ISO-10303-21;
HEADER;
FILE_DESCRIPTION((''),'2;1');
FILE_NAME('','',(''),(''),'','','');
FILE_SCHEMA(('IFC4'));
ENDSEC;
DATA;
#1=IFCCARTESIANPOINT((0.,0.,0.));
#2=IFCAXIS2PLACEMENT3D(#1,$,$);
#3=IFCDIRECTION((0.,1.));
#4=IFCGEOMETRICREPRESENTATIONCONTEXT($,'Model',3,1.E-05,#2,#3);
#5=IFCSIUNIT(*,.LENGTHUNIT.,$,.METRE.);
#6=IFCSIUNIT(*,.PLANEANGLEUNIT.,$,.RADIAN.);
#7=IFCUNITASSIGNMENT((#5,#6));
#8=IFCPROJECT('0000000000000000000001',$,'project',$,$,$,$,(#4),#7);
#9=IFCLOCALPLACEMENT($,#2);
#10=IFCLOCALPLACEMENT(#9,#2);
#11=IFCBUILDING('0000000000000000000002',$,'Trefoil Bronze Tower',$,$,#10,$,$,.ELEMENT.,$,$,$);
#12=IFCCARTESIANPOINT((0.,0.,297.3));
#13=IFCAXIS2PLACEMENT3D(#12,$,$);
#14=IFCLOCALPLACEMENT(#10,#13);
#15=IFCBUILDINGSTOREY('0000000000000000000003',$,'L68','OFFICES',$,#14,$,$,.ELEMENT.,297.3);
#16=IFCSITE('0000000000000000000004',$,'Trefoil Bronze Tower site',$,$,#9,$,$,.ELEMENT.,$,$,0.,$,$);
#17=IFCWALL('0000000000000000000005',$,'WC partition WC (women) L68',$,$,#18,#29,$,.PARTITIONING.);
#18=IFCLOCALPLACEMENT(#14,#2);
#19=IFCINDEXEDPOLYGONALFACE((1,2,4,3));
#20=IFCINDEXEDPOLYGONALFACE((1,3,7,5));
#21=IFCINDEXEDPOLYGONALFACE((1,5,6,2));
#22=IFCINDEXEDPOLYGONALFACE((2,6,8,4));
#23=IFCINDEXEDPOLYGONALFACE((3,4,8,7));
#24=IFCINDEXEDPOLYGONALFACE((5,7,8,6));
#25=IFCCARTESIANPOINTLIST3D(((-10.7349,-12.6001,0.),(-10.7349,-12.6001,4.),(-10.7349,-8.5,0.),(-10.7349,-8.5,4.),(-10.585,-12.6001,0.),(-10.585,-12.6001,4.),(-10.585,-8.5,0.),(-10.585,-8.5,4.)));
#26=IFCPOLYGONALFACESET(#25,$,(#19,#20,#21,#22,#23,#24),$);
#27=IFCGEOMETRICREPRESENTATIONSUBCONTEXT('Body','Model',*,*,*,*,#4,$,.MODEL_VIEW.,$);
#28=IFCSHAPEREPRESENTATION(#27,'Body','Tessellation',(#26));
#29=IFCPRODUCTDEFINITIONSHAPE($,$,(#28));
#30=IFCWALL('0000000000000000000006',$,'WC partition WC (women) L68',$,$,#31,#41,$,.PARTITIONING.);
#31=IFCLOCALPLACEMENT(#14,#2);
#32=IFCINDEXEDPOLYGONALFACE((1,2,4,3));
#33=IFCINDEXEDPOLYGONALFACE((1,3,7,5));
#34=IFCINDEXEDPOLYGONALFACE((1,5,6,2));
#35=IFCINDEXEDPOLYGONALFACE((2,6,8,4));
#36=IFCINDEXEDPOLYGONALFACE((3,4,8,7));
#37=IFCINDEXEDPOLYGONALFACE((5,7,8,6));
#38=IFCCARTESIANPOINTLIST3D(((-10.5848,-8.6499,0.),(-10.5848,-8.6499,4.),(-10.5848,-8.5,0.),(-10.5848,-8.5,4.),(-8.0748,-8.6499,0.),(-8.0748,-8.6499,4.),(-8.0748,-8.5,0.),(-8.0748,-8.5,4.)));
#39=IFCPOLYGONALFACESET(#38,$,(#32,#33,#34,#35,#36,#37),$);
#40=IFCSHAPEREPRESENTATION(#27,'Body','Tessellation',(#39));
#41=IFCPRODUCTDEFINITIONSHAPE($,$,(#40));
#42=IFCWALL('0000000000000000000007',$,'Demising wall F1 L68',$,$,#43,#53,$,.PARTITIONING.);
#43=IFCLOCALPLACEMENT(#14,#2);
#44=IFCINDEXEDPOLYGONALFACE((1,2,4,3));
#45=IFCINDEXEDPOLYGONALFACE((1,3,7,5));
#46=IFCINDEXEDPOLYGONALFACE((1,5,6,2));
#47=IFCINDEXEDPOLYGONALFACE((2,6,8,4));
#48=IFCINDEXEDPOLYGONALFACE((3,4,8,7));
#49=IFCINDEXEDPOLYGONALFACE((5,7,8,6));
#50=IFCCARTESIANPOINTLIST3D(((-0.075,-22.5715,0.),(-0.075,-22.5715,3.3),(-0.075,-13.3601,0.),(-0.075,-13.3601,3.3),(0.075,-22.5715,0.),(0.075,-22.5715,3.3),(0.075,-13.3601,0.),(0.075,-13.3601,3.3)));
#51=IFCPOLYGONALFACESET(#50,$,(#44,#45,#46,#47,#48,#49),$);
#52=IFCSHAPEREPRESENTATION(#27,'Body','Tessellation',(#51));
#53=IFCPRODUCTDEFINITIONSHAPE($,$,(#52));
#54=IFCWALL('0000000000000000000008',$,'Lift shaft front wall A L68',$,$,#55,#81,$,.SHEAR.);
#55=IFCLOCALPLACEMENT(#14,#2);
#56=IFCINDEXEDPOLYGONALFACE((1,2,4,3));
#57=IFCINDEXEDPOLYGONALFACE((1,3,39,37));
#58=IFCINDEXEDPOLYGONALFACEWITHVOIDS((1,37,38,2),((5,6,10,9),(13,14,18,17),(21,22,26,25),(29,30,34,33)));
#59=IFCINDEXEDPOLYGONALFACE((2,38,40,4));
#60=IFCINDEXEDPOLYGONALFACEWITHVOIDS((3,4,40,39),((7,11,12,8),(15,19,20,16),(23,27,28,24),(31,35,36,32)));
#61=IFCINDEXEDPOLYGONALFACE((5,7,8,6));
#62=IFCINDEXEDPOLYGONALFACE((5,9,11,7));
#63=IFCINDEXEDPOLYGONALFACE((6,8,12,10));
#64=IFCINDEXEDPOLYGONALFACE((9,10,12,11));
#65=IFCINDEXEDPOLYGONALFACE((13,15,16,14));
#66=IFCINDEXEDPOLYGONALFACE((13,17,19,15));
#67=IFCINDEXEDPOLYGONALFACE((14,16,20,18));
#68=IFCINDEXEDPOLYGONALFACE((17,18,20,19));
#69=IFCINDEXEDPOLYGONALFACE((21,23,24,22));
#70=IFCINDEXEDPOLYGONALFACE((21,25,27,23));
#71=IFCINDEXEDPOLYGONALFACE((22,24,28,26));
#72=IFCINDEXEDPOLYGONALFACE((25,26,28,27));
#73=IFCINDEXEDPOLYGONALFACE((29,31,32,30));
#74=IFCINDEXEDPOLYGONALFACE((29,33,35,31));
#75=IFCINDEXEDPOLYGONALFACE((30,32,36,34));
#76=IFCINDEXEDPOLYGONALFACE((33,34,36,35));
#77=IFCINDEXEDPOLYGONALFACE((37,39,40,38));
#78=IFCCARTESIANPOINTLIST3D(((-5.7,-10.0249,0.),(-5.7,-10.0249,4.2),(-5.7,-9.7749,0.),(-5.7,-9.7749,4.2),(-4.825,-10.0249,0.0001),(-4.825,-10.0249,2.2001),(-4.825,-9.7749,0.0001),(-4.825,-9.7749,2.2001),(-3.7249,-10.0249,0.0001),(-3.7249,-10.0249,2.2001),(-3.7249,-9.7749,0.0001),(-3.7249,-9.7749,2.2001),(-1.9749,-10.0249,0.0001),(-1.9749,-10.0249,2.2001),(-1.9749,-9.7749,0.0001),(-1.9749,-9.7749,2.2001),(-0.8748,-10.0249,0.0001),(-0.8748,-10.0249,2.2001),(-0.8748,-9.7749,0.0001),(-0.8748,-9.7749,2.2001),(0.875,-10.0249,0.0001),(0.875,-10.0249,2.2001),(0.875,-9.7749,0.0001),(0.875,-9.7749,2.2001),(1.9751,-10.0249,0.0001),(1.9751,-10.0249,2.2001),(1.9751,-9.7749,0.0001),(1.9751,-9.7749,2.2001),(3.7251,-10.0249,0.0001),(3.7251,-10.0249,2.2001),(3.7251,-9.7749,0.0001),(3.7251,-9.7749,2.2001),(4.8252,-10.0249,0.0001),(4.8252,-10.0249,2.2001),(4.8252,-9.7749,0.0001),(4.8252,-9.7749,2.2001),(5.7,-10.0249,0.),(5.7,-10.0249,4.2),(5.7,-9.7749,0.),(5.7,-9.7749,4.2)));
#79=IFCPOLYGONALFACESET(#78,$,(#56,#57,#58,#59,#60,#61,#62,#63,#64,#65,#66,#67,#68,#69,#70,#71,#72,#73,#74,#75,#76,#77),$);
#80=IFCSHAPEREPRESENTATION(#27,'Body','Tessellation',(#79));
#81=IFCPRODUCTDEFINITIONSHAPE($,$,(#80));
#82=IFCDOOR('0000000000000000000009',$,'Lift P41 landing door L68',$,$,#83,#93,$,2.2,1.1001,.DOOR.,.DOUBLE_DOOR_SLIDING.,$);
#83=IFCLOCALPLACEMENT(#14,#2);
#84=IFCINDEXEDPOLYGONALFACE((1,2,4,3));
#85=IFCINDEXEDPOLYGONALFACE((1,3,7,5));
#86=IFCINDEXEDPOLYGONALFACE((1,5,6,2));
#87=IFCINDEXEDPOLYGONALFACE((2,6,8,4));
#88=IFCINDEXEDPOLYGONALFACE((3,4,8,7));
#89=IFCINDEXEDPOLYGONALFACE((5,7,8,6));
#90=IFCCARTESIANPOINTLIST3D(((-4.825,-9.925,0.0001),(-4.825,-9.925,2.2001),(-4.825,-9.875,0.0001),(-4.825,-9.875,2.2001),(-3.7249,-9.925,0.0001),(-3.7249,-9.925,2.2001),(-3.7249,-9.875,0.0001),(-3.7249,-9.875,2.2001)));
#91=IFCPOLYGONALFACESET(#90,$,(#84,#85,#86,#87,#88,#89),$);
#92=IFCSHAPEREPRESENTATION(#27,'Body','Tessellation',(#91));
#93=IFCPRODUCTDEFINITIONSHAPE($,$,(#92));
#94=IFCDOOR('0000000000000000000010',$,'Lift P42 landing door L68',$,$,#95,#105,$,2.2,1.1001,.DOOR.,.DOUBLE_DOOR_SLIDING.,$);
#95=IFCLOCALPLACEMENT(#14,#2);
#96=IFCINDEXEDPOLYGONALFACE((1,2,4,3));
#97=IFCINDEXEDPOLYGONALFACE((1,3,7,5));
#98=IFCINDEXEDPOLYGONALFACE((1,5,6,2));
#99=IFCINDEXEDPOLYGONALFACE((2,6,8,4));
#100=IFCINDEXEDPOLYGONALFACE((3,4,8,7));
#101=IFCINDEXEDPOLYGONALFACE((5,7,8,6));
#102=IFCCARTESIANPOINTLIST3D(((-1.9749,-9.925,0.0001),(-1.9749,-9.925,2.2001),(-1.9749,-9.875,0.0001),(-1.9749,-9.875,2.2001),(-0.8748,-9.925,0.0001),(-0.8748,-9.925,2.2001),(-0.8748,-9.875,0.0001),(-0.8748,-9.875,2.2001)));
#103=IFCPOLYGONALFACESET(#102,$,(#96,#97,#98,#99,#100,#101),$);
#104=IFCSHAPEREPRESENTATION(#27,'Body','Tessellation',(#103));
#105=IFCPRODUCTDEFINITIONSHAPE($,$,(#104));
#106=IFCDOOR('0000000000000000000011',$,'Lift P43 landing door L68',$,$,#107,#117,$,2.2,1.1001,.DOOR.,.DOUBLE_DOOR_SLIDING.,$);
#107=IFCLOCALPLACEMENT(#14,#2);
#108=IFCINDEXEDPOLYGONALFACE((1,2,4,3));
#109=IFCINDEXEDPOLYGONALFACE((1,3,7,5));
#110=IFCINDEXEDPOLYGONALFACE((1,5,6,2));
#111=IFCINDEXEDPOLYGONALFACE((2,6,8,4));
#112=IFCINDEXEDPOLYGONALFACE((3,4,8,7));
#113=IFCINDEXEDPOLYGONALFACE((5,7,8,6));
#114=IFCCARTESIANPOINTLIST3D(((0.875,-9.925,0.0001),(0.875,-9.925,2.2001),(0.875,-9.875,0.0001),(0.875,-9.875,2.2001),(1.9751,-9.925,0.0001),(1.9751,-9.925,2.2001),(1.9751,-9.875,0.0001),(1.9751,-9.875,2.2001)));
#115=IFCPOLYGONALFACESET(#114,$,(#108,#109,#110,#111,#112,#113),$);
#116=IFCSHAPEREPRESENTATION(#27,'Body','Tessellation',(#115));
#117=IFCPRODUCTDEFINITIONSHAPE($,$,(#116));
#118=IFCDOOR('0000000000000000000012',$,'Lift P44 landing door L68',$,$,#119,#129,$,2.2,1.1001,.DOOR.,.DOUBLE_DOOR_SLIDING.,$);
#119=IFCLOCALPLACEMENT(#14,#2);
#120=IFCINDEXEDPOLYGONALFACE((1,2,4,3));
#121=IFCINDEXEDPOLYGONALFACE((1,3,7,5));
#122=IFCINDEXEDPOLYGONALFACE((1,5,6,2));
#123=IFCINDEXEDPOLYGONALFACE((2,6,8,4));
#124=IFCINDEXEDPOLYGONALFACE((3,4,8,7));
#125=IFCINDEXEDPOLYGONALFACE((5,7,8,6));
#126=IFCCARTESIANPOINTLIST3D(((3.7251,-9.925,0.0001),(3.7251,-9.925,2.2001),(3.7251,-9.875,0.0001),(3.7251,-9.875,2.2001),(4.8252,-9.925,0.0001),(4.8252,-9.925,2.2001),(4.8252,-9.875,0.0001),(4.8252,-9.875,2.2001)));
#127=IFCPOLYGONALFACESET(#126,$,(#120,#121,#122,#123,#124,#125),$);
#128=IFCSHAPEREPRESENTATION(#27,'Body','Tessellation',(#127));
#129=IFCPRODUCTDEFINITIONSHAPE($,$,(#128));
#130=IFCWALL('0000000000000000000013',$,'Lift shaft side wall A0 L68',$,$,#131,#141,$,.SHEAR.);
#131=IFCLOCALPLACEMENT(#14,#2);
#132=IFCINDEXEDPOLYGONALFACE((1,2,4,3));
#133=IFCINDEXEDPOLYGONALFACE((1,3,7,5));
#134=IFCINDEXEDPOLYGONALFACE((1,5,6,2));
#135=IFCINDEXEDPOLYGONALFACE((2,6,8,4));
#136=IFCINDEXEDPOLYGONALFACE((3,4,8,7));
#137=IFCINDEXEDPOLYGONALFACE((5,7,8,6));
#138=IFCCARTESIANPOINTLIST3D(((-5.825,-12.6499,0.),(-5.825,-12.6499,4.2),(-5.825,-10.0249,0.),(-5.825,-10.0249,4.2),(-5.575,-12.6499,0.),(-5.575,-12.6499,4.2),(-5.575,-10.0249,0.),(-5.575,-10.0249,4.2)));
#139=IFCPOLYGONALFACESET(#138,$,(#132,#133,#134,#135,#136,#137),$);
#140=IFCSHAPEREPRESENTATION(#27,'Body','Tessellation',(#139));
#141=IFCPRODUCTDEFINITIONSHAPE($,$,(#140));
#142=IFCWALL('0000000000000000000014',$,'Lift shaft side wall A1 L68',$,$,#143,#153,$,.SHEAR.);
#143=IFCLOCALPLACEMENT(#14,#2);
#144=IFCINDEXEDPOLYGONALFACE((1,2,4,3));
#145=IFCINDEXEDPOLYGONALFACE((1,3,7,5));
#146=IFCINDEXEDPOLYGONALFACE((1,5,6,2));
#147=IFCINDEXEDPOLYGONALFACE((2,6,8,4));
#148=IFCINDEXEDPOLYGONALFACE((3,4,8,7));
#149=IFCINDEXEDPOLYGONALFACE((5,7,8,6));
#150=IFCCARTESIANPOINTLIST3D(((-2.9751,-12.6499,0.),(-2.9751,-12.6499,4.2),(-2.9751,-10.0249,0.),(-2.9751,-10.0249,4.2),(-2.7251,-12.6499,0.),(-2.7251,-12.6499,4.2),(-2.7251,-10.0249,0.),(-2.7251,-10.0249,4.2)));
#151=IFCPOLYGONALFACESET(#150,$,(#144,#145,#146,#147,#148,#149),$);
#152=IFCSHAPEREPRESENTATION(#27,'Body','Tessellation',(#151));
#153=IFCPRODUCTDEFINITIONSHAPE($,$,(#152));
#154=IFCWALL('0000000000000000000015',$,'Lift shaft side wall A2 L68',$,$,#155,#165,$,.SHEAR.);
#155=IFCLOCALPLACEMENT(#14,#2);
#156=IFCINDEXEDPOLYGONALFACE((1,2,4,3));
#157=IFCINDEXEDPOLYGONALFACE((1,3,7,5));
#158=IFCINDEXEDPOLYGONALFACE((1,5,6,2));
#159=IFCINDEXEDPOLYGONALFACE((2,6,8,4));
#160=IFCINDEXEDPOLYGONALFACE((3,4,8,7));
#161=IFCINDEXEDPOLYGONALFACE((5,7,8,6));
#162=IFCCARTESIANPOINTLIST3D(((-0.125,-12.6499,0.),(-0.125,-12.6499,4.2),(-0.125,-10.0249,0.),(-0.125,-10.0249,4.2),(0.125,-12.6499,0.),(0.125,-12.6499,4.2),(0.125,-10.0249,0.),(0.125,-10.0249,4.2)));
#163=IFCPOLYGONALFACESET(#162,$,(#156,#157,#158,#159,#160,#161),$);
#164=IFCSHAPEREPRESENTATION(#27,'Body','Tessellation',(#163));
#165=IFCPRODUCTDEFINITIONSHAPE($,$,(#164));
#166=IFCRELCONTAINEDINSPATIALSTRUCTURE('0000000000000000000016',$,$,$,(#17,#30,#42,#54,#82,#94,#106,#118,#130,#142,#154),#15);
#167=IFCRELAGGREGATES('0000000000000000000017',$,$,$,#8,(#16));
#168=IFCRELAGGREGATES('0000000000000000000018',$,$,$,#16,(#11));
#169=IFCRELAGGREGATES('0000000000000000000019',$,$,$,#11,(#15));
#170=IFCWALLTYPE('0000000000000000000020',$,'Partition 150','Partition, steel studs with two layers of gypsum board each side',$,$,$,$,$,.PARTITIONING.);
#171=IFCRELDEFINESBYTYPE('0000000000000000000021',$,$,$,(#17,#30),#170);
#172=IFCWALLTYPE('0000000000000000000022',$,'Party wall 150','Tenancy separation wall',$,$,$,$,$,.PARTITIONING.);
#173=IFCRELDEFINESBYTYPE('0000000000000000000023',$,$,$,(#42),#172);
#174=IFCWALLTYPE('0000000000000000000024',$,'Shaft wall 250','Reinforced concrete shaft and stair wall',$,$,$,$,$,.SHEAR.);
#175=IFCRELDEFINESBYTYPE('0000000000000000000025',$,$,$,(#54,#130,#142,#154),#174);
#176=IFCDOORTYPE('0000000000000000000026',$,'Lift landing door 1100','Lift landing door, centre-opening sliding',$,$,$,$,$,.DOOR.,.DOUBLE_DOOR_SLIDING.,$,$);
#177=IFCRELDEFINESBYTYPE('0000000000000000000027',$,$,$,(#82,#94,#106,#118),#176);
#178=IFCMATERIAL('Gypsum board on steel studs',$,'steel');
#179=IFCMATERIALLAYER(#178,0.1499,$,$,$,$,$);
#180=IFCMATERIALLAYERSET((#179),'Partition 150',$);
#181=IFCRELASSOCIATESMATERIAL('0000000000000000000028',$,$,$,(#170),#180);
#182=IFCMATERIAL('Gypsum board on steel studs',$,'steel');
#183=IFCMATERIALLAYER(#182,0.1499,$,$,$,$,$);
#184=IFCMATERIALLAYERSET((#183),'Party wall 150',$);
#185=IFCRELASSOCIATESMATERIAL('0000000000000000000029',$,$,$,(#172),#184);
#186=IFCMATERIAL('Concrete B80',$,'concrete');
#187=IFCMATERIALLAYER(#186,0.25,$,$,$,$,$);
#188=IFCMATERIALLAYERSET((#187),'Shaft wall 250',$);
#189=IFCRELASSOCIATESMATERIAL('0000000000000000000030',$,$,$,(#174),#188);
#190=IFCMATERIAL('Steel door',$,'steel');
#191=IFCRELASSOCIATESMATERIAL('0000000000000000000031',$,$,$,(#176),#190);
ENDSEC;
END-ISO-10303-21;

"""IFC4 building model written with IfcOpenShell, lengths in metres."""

from ifc_helpers import new_model, si_unit, direction, frame, frame_2d, origin, place, context, subcontext, project, spatial, rectangle, extrude, material, layer, layer_set, type_object, element, fill, save


model = new_model("IFC4")

# Units and contexts
model_context = context("Model", 3, precision=1e-05, world=origin(), true_north=direction((0.0, 1.0)))
body_context = subcontext(model_context, "Body", "Model", "MODEL_VIEW")
ifc_project = project(units=[si_unit("LENGTHUNIT", "METRE"), si_unit("PLANEANGLEUNIT", "RADIAN")], contexts=[model_context])

# Site, building, storey
site_placement = place(None, origin())
site = spatial("IfcSite", under=ifc_project, at=site_placement, Name="Trefoil Bronze Tower site", CompositionType="ELEMENT", RefElevation=0.0)
building_placement = place(site_placement, origin())
building = spatial("IfcBuilding", under=site, at=building_placement, Name="Trefoil Bronze Tower", CompositionType="ELEMENT")
storey_placement = place(building_placement, frame((0.0, 0.0, 297.3)))
storey = spatial("IfcBuildingStorey", under=building, at=storey_placement, Name="L68", Description="OFFICES", CompositionType="ELEMENT", Elevation=297.3)

# Shared definitions
ifc_material_1 = material(Name="Gypsum board on steel studs", Category="steel")
ifc_layer_1 = layer(ifc_material_1, 0.1499)
ifc_layer_set_1 = layer_set([ifc_layer_1], Name="Partition 150")
wall_type_1 = type_object("IfcWallType", Name="Partition 150", Description="Partition, steel studs with two layers of gypsum board each side", PredefinedType="PARTITIONING", material=ifc_layer_set_1)

# Walls
wall_1_placement = place(storey_placement, frame((-10.6599, -8.5, 0.0), z_axis=(0.0, 0.0, 1.0), x_axis=(0.0, -1.0, 0.0)))
element("IfcWall", 1, at=wall_1_placement, inside=storey, type_object=wall_type_1, Name="WC partition WC (women) L68", PredefinedType="PARTITIONING", context=body_context, shape_type="SweptSolid", body=[
    extrude(rectangle(XDim=4.1001, YDim=0.1499, at=frame_2d((2.05, 0.0))), origin(), (0.0, 0.0, 1.0), 4.0),
])
wall_2_placement = place(storey_placement, frame((-8.075, -8.575, 0.0), z_axis=(0.0, 0.0, 1.0), x_axis=(-1.0, 0.0, 0.0)))
element("IfcWall", 2, at=wall_2_placement, inside=storey, type_object=wall_type_1, Name="WC partition WC (women) L68", PredefinedType="PARTITIONING", context=body_context, shape_type="SweptSolid", body=[
    extrude(rectangle(XDim=2.51, YDim=0.1499, at=frame_2d((1.2549, 0.0))), origin(), (0.0, 0.0, 1.0), 4.0),
])
ifc_material_2 = material(Name="Gypsum board on steel studs", Category="steel")
ifc_layer_2 = layer(ifc_material_2, 0.1499)
ifc_layer_set_2 = layer_set([ifc_layer_2], Name="Party wall 150")
wall_type_2 = type_object("IfcWallType", Name="Party wall 150", Description="Tenancy separation wall", PredefinedType="PARTITIONING", material=ifc_layer_set_2)
wall_3_placement = place(storey_placement, frame((0.0, -13.3601, 0.0), z_axis=(0.0, 0.0, 1.0), x_axis=(0.0, -1.0, 0.0)))
element("IfcWall", 3, at=wall_3_placement, inside=storey, type_object=wall_type_2, Name="Demising wall F1 L68", PredefinedType="PARTITIONING", context=body_context, shape_type="SweptSolid", body=[
    extrude(rectangle(XDim=9.2114, YDim=0.1499, at=frame_2d((4.6057, 0.0))), origin(), (0.0, 0.0, 1.0), 3.3),
])

# Wall, openings, doors
ifc_material_3 = material(Name="Concrete B80", Category="concrete")
ifc_layer_3 = layer(ifc_material_3, 0.25)
ifc_layer_set_3 = layer_set([ifc_layer_3], Name="Shaft wall 250")
wall_type_3 = type_object("IfcWallType", Name="Shaft wall 250", Description="Reinforced concrete shaft and stair wall", PredefinedType="SHEAR", material=ifc_layer_set_3)
wall_4_placement = place(storey_placement, frame((-5.7, -9.8999, 0.0), z_axis=(0.0, 0.0, 1.0), x_axis=(1.0, 0.0, 0.0)))
wall_4 = element("IfcWall", 4, at=wall_4_placement, inside=storey, type_object=wall_type_3, Name="Lift shaft front wall A L68", PredefinedType="SHEAR", context=body_context, shape_type="SweptSolid", body=[
    extrude(rectangle(XDim=11.3999, YDim=0.25, at=frame_2d((5.7, 0.0))), origin(), (0.0, 0.0, 1.0), 4.2),
])
opening_1_placement = place(wall_4_placement, frame((0.875, 0.0, 0.0)))
opening_1 = element("IfcOpeningElement", 5, at=opening_1_placement, cuts=wall_4, PredefinedType="OPENING", context=body_context, shape_type="SweptSolid", body=[
    extrude(rectangle(XDim=1.1001, YDim=2.2, at=frame_2d((0.55, 1.1001))), frame((0.0, 0.135, 0.0), z_axis=(0.0, -1.0, 0.0), x_axis=(1.0, 0.0, 0.0)), (0.0, 0.0, 1.0), 0.27),
])
opening_2_placement = place(wall_4_placement, frame((3.7251, 0.0, 0.0)))
opening_2 = element("IfcOpeningElement", 6, at=opening_2_placement, cuts=wall_4, PredefinedType="OPENING", context=body_context, shape_type="SweptSolid", body=[
    extrude(rectangle(XDim=1.1001, YDim=2.2, at=frame_2d((0.55, 1.1001))), frame((0.0, 0.135, 0.0), z_axis=(0.0, -1.0, 0.0), x_axis=(1.0, 0.0, 0.0)), (0.0, 0.0, 1.0), 0.27),
])
opening_3_placement = place(wall_4_placement, frame((6.575, 0.0, 0.0)))
opening_3 = element("IfcOpeningElement", 7, at=opening_3_placement, cuts=wall_4, PredefinedType="OPENING", context=body_context, shape_type="SweptSolid", body=[
    extrude(rectangle(XDim=1.1001, YDim=2.2, at=frame_2d((0.55, 1.1001))), frame((0.0, 0.135, 0.0), z_axis=(0.0, -1.0, 0.0), x_axis=(1.0, 0.0, 0.0)), (0.0, 0.0, 1.0), 0.27),
])
opening_4_placement = place(wall_4_placement, frame((9.425, 0.0, 0.0)))
opening_4 = element("IfcOpeningElement", 8, at=opening_4_placement, cuts=wall_4, PredefinedType="OPENING", context=body_context, shape_type="SweptSolid", body=[
    extrude(rectangle(XDim=1.1001, YDim=2.2, at=frame_2d((0.55, 1.1001))), frame((0.0, 0.135, 0.0), z_axis=(0.0, -1.0, 0.0), x_axis=(1.0, 0.0, 0.0)), (0.0, 0.0, 1.0), 0.27),
])
ifc_material_4 = material(Name="Steel door", Category="steel")
door_type_1 = type_object("IfcDoorType", Name="Lift landing door 1100", Description="Lift landing door, centre-opening sliding", OperationType="DOUBLE_DOOR_SLIDING", PredefinedType="DOOR", material=ifc_material_4)
door_1_placement = place(opening_1_placement, origin())
door_1 = element("IfcDoor", 9, at=door_1_placement, inside=storey, type_object=door_type_1, Name="Lift P41 landing door L68", OperationType="DOUBLE_DOOR_SLIDING", OverallHeight=2.2, OverallWidth=1.1001, PredefinedType="DOOR", context=body_context, shape_type="SweptSolid", body=[
    extrude(rectangle(XDim=1.1001, YDim=2.2, at=frame_2d((0.55, 1.1001))), frame((0.0, 0.0249, 0.0), z_axis=(0.0, -1.0, 0.0), x_axis=(1.0, 0.0, 0.0)), (0.0, 0.0, 1.0), 0.05),
])
fill(opening_1, door_1)
door_2_placement = place(opening_2_placement, origin())
door_2 = element("IfcDoor", 10, at=door_2_placement, inside=storey, type_object=door_type_1, Name="Lift P42 landing door L68", OperationType="DOUBLE_DOOR_SLIDING", OverallHeight=2.2, OverallWidth=1.1001, PredefinedType="DOOR", context=body_context, shape_type="SweptSolid", body=[
    extrude(rectangle(XDim=1.1001, YDim=2.2, at=frame_2d((0.55, 1.1001))), frame((0.0, 0.0249, 0.0), z_axis=(0.0, -1.0, 0.0), x_axis=(1.0, 0.0, 0.0)), (0.0, 0.0, 1.0), 0.05),
])
fill(opening_2, door_2)
door_3_placement = place(opening_3_placement, origin())
door_3 = element("IfcDoor", 11, at=door_3_placement, inside=storey, type_object=door_type_1, Name="Lift P43 landing door L68", OperationType="DOUBLE_DOOR_SLIDING", OverallHeight=2.2, OverallWidth=1.1001, PredefinedType="DOOR", context=body_context, shape_type="SweptSolid", body=[
    extrude(rectangle(XDim=1.1001, YDim=2.2, at=frame_2d((0.55, 1.1001))), frame((0.0, 0.0249, 0.0), z_axis=(0.0, -1.0, 0.0), x_axis=(1.0, 0.0, 0.0)), (0.0, 0.0, 1.0), 0.05),
])
fill(opening_3, door_3)
door_4_placement = place(opening_4_placement, origin())
door_4 = element("IfcDoor", 12, at=door_4_placement, inside=storey, type_object=door_type_1, Name="Lift P44 landing door L68", OperationType="DOUBLE_DOOR_SLIDING", OverallHeight=2.2, OverallWidth=1.1001, PredefinedType="DOOR", context=body_context, shape_type="SweptSolid", body=[
    extrude(rectangle(XDim=1.1001, YDim=2.2, at=frame_2d((0.55, 1.1001))), frame((0.0, 0.0249, 0.0), z_axis=(0.0, -1.0, 0.0), x_axis=(1.0, 0.0, 0.0)), (0.0, 0.0, 1.0), 0.05),
])
fill(opening_4, door_4)

# Walls
for number, where, z_axis, x_axis, name in (
    (13, (-5.7, -10.0249, 0.0), (0.0, 0.0, 1.0), (0.0, -1.0, 0.0), "Lift shaft side wall A0 L68"),
    (14, (-2.8501, -10.0249, 0.0), (0.0, 0.0, 1.0), (0.0, -1.0, 0.0), "Lift shaft side wall A1 L68"),
    (15, (0.0, -10.0249, 0.0), (0.0, 0.0, 1.0), (0.0, -1.0, 0.0), "Lift shaft side wall A2 L68"),
):
    element("IfcWall", number, at=place(storey_placement, frame(where, z_axis=z_axis, x_axis=x_axis)), inside=storey, type_object=wall_type_3, Name=name, PredefinedType="SHEAR", context=body_context, shape_type="SweptSolid", body=[
        extrude(rectangle(XDim=2.625, YDim=0.25, at=frame_2d((1.3125, 0.0))), origin(), (0.0, 0.0, 1.0), 4.2),
    ])

save(model, "model.ifc")
